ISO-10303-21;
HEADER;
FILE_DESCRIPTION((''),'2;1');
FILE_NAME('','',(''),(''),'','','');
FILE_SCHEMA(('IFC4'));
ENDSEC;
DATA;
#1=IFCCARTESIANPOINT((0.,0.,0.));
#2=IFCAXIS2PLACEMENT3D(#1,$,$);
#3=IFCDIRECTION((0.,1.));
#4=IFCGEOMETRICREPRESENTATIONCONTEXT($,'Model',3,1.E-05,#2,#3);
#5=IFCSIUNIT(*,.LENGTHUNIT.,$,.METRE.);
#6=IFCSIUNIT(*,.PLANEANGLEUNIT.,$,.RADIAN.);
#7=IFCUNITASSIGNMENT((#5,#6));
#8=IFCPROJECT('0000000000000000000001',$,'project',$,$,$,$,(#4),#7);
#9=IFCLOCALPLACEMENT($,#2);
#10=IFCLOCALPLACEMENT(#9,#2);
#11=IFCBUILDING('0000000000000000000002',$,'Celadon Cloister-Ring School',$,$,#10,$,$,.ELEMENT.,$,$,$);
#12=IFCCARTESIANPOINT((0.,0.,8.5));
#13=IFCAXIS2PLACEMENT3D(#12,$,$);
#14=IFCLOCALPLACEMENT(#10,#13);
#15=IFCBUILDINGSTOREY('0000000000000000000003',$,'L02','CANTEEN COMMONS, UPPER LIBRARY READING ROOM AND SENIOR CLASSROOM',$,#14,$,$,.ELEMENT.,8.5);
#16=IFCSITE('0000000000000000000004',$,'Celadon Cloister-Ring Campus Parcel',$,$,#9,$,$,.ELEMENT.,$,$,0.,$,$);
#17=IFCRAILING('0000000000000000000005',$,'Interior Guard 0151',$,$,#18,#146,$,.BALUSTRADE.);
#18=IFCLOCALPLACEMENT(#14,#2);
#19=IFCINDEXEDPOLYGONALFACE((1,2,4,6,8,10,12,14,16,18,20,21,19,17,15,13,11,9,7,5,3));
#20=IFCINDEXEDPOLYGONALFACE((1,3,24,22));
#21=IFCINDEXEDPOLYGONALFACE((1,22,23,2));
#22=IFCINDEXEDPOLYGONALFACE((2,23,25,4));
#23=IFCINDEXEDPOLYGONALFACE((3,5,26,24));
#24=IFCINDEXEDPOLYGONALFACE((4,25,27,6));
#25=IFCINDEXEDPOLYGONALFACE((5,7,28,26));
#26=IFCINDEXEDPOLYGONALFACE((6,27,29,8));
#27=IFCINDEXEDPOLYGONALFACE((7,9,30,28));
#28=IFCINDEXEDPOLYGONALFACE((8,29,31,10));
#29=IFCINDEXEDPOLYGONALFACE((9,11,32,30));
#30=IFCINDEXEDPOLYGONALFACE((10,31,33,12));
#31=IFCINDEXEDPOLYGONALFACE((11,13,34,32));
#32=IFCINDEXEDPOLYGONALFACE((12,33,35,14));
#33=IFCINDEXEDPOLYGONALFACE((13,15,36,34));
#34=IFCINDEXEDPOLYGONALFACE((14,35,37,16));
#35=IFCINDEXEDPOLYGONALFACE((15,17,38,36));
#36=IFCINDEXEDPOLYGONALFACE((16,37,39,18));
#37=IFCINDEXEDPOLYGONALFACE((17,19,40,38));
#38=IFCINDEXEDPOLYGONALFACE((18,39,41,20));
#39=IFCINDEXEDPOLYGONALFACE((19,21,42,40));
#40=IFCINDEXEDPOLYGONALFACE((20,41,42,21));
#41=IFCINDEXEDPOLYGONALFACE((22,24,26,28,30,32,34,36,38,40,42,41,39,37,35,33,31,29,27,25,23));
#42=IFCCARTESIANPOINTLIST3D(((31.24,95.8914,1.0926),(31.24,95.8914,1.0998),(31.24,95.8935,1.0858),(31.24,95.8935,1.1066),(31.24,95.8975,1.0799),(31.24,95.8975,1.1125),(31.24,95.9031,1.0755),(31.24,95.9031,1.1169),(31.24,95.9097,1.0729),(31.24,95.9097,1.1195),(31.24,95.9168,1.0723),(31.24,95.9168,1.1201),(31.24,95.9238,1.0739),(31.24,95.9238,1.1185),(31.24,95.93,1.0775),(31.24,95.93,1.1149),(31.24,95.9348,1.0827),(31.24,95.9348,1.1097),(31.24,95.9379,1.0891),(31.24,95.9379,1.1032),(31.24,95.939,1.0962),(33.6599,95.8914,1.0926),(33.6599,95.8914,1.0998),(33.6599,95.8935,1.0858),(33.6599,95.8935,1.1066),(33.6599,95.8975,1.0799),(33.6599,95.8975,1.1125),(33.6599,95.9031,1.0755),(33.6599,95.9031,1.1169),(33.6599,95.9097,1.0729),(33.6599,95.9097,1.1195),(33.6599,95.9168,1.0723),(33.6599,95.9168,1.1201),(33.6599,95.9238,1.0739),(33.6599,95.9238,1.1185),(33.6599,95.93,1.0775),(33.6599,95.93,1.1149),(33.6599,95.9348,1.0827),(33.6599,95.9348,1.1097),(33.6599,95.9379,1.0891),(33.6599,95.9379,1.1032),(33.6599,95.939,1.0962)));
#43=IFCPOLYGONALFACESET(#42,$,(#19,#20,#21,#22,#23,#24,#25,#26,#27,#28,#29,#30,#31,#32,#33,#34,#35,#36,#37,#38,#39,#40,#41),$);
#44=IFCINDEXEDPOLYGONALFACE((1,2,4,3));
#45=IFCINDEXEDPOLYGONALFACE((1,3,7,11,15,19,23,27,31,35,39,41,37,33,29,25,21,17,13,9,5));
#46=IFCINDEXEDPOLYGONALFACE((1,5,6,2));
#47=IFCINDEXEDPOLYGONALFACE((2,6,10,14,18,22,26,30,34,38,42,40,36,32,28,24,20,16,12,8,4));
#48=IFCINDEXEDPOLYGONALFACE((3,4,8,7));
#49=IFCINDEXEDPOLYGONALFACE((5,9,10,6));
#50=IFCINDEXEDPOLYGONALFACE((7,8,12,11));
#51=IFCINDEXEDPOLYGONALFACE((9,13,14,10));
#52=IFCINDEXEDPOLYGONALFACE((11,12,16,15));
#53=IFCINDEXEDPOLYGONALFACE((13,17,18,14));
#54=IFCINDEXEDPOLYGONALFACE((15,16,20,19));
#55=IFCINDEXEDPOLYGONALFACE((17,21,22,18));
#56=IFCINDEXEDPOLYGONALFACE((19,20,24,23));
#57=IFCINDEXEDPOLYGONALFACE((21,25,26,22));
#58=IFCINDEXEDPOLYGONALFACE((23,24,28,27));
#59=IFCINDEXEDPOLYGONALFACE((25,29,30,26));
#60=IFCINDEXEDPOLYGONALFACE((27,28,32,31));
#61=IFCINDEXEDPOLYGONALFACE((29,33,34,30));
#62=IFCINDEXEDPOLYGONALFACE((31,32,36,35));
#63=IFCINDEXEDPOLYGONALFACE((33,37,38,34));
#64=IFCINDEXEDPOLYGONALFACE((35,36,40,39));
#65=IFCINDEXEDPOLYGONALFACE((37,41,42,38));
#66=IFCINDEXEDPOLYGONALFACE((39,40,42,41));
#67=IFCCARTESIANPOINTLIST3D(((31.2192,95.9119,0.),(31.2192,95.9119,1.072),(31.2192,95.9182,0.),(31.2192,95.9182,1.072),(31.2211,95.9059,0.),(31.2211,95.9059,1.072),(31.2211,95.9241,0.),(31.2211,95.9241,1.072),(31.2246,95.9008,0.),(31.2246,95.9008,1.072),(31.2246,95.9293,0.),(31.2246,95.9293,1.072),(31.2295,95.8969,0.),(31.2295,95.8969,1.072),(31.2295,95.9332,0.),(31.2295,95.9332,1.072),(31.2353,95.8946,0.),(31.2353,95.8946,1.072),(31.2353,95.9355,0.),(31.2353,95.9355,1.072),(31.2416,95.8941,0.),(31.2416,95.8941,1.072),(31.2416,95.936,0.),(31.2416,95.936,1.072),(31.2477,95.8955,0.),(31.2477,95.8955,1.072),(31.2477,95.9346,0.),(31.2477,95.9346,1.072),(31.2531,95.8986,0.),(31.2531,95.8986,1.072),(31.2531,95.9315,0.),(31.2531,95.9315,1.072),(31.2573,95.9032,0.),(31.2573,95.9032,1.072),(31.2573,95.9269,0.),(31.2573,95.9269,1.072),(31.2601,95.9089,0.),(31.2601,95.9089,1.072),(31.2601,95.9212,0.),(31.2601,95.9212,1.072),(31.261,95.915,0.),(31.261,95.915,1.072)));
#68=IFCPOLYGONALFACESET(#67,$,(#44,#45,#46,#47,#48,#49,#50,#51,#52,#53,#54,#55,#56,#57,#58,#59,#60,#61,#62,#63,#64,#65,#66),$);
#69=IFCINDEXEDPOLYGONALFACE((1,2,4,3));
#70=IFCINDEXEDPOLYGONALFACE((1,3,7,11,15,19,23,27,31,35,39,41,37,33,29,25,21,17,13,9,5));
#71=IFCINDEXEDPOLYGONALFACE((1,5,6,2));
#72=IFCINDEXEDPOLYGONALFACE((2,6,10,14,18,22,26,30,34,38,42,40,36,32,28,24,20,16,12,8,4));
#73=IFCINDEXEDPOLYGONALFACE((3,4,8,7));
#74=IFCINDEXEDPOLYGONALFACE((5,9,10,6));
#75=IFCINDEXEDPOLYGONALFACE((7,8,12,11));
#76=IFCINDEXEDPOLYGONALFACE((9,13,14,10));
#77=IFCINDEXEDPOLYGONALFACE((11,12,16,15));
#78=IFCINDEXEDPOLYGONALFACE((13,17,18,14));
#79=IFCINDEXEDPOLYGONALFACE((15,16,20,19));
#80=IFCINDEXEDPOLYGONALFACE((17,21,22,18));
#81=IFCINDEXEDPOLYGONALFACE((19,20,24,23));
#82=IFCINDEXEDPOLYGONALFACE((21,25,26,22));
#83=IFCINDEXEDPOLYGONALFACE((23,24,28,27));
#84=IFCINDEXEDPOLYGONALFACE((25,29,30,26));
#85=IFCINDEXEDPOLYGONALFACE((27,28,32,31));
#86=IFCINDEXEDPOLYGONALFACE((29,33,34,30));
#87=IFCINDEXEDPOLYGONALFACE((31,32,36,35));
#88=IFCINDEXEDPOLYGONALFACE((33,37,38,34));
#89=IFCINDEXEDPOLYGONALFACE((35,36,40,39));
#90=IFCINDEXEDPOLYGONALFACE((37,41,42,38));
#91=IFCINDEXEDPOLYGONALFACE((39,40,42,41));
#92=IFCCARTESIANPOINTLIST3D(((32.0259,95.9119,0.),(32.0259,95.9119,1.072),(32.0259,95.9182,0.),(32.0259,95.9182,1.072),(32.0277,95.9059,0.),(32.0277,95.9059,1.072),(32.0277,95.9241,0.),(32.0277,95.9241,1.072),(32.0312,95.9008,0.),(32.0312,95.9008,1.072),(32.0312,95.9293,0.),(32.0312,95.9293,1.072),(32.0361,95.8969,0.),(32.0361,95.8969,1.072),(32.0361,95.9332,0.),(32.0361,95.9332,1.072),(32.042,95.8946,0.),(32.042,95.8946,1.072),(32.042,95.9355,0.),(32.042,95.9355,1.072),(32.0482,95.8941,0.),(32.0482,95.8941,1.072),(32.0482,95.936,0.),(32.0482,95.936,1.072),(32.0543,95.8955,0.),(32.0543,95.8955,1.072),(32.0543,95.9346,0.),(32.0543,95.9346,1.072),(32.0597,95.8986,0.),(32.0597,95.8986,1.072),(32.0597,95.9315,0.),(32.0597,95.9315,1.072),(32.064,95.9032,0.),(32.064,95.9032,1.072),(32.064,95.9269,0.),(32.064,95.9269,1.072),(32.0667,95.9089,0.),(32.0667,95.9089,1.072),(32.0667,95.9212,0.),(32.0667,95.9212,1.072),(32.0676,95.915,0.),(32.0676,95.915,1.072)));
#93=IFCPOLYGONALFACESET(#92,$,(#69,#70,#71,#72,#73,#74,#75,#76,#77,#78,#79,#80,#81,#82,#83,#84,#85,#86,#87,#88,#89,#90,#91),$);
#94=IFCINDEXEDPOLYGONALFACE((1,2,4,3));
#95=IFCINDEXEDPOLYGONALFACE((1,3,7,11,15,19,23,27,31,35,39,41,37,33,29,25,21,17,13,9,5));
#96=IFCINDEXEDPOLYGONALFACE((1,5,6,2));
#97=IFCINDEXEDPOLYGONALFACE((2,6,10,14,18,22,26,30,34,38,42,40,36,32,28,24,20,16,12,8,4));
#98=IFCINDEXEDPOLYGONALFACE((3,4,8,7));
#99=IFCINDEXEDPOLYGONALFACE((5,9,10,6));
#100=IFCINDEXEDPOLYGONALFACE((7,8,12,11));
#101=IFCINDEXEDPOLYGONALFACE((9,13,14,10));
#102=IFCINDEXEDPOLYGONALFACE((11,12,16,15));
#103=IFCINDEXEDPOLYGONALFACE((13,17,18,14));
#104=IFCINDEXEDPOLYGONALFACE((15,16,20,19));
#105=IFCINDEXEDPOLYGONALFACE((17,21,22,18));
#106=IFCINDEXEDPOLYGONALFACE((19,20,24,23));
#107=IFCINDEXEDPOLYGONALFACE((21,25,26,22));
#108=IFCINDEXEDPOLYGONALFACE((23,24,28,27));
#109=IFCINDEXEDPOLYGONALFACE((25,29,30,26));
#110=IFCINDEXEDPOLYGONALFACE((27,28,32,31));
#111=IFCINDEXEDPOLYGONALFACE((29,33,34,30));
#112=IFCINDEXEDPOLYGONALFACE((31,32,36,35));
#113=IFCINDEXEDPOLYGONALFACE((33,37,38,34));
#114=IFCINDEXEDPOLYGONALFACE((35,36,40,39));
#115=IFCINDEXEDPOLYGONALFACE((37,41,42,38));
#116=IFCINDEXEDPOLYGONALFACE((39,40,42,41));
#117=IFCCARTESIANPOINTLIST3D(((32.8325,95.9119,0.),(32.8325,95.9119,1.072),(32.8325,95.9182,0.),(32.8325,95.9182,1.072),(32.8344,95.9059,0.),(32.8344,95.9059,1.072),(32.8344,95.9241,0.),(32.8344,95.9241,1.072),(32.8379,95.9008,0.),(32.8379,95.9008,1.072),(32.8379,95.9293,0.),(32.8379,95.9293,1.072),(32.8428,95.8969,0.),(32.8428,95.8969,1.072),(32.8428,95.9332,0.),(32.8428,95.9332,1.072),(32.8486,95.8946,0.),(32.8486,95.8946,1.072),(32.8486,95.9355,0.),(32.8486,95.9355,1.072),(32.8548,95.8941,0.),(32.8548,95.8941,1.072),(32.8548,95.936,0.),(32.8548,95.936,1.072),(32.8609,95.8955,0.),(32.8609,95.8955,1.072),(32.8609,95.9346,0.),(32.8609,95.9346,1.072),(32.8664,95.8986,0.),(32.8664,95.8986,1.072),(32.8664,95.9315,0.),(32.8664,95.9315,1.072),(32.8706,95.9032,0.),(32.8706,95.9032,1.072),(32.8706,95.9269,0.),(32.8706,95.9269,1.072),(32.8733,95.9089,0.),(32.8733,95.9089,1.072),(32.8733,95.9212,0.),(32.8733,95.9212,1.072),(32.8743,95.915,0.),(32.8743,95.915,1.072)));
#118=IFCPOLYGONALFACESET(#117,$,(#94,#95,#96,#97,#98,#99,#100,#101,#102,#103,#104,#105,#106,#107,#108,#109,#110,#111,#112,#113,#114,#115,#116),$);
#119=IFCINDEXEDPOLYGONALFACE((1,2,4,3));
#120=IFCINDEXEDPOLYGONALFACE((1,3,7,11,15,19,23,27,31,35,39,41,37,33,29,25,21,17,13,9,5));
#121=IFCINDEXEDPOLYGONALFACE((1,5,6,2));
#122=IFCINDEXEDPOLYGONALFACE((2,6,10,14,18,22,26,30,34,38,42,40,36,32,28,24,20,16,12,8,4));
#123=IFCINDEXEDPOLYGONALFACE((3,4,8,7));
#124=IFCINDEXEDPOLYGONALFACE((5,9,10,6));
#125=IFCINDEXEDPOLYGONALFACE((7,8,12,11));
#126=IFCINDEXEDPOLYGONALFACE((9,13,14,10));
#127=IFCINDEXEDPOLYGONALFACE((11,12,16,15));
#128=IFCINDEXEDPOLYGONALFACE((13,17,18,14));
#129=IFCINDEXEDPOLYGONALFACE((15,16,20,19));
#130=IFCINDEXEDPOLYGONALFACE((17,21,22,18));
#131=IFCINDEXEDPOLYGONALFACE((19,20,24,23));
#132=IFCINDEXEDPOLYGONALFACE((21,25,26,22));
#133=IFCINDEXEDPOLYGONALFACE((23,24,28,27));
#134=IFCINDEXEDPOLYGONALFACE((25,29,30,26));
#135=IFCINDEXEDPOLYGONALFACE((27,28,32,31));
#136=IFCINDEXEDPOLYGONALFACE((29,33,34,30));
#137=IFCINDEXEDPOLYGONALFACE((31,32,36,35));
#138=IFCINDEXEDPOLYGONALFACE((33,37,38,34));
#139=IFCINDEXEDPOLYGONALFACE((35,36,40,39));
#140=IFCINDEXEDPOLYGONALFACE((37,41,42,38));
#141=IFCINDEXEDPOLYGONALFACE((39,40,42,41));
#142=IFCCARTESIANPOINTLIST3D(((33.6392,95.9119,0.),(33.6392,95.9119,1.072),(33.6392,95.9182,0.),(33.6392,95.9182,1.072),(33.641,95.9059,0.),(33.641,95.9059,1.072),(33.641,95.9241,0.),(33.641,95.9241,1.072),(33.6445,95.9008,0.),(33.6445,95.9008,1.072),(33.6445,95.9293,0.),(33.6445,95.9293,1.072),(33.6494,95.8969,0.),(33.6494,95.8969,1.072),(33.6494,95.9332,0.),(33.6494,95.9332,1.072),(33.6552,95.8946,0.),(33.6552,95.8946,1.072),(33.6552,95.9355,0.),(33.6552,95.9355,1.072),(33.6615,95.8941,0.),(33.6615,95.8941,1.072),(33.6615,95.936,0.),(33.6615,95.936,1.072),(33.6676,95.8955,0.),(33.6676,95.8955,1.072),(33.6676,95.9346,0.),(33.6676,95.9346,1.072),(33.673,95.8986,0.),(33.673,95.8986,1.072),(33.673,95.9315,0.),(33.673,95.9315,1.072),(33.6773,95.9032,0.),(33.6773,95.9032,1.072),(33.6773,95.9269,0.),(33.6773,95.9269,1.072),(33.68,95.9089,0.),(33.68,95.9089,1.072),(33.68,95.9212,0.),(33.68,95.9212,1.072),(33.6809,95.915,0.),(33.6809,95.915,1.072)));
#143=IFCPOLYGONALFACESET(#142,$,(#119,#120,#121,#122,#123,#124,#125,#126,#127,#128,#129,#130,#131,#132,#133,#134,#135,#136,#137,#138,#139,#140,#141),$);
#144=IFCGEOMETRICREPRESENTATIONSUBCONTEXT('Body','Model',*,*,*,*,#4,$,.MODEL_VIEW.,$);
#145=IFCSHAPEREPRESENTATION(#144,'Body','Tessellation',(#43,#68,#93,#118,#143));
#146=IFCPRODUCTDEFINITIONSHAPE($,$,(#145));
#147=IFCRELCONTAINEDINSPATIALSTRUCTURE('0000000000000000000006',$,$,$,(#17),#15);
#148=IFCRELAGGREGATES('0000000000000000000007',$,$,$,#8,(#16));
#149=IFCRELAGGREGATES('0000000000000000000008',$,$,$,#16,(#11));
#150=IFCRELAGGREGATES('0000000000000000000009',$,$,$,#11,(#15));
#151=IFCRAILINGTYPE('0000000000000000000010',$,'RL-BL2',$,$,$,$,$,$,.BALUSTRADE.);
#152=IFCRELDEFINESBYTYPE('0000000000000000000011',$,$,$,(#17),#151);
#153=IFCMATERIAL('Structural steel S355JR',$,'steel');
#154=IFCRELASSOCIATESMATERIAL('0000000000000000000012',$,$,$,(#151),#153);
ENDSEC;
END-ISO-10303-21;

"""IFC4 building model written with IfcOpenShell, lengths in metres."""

from ifc_helpers import new_model, si_unit, direction, frame, origin, origin_2d, place, context, subcontext, project, spatial, circle, extrude, material, type_object, element, save


model = new_model("IFC4")

# Units and contexts
model_context = context("Model", 3, precision=1e-05, world=origin(), true_north=direction((0.0, 1.0)))
body_context = subcontext(model_context, "Body", "Model", "MODEL_VIEW")
ifc_project = project(units=[si_unit("LENGTHUNIT", "METRE"), si_unit("PLANEANGLEUNIT", "RADIAN")], contexts=[model_context])

# Site, building, storey
site_placement = place(None, origin())
site = spatial("IfcSite", under=ifc_project, at=site_placement, Name="Celadon Cloister-Ring Campus Parcel", CompositionType="ELEMENT", RefElevation=0.0)
building_placement = place(site_placement, origin())
building = spatial("IfcBuilding", under=site, at=building_placement, Name="Celadon Cloister-Ring School", CompositionType="ELEMENT")
storey_placement = place(building_placement, frame((0.0, 0.0, 8.5)))
storey = spatial("IfcBuildingStorey", under=building, at=storey_placement, Name="L02", Description="CANTEEN COMMONS, UPPER LIBRARY READING ROOM AND SENIOR CLASSROOM", CompositionType="ELEMENT", Elevation=8.5)

# Railing
ifc_material_1 = material(Name="Structural steel S355JR", Category="steel")
railing_type_1 = type_object("IfcRailingType", Name="RL-BL2", PredefinedType="BALUSTRADE", material=ifc_material_1)
railing_1_placement = place(storey_placement, frame((31.24, 95.915, 0.0)))
element("IfcRailing", 1, at=railing_1_placement, inside=storey, type_object=railing_type_1, Name="Interior Guard 0151", PredefinedType="BALUSTRADE", context=body_context, shape_type="SweptSolid", body=[
    extrude(circle(Radius=0.0239, at=origin_2d()), frame((0.0, 0.0, 1.0962), z_axis=(1.0, 0.0, 0.0), x_axis=(0.0, 1.0, 0.0)), (0.0, 0.0, 1.0), 2.4199),
    extrude(circle(Radius=0.021, at=origin_2d()), origin(), (0.0, 0.0, 1.0), 1.072),
    extrude(circle(Radius=0.021, at=origin_2d()), frame((0.8066, 0.0, 0.0)), (0.0, 0.0, 1.0), 1.072),
    extrude(circle(Radius=0.021, at=origin_2d()), frame((1.6133, 0.0, 0.0)), (0.0, 0.0, 1.0), 1.072),
    extrude(circle(Radius=0.021, at=origin_2d()), frame((2.4199, 0.0, 0.0)), (0.0, 0.0, 1.0), 1.072),
])

save(model, "model.ifc")
